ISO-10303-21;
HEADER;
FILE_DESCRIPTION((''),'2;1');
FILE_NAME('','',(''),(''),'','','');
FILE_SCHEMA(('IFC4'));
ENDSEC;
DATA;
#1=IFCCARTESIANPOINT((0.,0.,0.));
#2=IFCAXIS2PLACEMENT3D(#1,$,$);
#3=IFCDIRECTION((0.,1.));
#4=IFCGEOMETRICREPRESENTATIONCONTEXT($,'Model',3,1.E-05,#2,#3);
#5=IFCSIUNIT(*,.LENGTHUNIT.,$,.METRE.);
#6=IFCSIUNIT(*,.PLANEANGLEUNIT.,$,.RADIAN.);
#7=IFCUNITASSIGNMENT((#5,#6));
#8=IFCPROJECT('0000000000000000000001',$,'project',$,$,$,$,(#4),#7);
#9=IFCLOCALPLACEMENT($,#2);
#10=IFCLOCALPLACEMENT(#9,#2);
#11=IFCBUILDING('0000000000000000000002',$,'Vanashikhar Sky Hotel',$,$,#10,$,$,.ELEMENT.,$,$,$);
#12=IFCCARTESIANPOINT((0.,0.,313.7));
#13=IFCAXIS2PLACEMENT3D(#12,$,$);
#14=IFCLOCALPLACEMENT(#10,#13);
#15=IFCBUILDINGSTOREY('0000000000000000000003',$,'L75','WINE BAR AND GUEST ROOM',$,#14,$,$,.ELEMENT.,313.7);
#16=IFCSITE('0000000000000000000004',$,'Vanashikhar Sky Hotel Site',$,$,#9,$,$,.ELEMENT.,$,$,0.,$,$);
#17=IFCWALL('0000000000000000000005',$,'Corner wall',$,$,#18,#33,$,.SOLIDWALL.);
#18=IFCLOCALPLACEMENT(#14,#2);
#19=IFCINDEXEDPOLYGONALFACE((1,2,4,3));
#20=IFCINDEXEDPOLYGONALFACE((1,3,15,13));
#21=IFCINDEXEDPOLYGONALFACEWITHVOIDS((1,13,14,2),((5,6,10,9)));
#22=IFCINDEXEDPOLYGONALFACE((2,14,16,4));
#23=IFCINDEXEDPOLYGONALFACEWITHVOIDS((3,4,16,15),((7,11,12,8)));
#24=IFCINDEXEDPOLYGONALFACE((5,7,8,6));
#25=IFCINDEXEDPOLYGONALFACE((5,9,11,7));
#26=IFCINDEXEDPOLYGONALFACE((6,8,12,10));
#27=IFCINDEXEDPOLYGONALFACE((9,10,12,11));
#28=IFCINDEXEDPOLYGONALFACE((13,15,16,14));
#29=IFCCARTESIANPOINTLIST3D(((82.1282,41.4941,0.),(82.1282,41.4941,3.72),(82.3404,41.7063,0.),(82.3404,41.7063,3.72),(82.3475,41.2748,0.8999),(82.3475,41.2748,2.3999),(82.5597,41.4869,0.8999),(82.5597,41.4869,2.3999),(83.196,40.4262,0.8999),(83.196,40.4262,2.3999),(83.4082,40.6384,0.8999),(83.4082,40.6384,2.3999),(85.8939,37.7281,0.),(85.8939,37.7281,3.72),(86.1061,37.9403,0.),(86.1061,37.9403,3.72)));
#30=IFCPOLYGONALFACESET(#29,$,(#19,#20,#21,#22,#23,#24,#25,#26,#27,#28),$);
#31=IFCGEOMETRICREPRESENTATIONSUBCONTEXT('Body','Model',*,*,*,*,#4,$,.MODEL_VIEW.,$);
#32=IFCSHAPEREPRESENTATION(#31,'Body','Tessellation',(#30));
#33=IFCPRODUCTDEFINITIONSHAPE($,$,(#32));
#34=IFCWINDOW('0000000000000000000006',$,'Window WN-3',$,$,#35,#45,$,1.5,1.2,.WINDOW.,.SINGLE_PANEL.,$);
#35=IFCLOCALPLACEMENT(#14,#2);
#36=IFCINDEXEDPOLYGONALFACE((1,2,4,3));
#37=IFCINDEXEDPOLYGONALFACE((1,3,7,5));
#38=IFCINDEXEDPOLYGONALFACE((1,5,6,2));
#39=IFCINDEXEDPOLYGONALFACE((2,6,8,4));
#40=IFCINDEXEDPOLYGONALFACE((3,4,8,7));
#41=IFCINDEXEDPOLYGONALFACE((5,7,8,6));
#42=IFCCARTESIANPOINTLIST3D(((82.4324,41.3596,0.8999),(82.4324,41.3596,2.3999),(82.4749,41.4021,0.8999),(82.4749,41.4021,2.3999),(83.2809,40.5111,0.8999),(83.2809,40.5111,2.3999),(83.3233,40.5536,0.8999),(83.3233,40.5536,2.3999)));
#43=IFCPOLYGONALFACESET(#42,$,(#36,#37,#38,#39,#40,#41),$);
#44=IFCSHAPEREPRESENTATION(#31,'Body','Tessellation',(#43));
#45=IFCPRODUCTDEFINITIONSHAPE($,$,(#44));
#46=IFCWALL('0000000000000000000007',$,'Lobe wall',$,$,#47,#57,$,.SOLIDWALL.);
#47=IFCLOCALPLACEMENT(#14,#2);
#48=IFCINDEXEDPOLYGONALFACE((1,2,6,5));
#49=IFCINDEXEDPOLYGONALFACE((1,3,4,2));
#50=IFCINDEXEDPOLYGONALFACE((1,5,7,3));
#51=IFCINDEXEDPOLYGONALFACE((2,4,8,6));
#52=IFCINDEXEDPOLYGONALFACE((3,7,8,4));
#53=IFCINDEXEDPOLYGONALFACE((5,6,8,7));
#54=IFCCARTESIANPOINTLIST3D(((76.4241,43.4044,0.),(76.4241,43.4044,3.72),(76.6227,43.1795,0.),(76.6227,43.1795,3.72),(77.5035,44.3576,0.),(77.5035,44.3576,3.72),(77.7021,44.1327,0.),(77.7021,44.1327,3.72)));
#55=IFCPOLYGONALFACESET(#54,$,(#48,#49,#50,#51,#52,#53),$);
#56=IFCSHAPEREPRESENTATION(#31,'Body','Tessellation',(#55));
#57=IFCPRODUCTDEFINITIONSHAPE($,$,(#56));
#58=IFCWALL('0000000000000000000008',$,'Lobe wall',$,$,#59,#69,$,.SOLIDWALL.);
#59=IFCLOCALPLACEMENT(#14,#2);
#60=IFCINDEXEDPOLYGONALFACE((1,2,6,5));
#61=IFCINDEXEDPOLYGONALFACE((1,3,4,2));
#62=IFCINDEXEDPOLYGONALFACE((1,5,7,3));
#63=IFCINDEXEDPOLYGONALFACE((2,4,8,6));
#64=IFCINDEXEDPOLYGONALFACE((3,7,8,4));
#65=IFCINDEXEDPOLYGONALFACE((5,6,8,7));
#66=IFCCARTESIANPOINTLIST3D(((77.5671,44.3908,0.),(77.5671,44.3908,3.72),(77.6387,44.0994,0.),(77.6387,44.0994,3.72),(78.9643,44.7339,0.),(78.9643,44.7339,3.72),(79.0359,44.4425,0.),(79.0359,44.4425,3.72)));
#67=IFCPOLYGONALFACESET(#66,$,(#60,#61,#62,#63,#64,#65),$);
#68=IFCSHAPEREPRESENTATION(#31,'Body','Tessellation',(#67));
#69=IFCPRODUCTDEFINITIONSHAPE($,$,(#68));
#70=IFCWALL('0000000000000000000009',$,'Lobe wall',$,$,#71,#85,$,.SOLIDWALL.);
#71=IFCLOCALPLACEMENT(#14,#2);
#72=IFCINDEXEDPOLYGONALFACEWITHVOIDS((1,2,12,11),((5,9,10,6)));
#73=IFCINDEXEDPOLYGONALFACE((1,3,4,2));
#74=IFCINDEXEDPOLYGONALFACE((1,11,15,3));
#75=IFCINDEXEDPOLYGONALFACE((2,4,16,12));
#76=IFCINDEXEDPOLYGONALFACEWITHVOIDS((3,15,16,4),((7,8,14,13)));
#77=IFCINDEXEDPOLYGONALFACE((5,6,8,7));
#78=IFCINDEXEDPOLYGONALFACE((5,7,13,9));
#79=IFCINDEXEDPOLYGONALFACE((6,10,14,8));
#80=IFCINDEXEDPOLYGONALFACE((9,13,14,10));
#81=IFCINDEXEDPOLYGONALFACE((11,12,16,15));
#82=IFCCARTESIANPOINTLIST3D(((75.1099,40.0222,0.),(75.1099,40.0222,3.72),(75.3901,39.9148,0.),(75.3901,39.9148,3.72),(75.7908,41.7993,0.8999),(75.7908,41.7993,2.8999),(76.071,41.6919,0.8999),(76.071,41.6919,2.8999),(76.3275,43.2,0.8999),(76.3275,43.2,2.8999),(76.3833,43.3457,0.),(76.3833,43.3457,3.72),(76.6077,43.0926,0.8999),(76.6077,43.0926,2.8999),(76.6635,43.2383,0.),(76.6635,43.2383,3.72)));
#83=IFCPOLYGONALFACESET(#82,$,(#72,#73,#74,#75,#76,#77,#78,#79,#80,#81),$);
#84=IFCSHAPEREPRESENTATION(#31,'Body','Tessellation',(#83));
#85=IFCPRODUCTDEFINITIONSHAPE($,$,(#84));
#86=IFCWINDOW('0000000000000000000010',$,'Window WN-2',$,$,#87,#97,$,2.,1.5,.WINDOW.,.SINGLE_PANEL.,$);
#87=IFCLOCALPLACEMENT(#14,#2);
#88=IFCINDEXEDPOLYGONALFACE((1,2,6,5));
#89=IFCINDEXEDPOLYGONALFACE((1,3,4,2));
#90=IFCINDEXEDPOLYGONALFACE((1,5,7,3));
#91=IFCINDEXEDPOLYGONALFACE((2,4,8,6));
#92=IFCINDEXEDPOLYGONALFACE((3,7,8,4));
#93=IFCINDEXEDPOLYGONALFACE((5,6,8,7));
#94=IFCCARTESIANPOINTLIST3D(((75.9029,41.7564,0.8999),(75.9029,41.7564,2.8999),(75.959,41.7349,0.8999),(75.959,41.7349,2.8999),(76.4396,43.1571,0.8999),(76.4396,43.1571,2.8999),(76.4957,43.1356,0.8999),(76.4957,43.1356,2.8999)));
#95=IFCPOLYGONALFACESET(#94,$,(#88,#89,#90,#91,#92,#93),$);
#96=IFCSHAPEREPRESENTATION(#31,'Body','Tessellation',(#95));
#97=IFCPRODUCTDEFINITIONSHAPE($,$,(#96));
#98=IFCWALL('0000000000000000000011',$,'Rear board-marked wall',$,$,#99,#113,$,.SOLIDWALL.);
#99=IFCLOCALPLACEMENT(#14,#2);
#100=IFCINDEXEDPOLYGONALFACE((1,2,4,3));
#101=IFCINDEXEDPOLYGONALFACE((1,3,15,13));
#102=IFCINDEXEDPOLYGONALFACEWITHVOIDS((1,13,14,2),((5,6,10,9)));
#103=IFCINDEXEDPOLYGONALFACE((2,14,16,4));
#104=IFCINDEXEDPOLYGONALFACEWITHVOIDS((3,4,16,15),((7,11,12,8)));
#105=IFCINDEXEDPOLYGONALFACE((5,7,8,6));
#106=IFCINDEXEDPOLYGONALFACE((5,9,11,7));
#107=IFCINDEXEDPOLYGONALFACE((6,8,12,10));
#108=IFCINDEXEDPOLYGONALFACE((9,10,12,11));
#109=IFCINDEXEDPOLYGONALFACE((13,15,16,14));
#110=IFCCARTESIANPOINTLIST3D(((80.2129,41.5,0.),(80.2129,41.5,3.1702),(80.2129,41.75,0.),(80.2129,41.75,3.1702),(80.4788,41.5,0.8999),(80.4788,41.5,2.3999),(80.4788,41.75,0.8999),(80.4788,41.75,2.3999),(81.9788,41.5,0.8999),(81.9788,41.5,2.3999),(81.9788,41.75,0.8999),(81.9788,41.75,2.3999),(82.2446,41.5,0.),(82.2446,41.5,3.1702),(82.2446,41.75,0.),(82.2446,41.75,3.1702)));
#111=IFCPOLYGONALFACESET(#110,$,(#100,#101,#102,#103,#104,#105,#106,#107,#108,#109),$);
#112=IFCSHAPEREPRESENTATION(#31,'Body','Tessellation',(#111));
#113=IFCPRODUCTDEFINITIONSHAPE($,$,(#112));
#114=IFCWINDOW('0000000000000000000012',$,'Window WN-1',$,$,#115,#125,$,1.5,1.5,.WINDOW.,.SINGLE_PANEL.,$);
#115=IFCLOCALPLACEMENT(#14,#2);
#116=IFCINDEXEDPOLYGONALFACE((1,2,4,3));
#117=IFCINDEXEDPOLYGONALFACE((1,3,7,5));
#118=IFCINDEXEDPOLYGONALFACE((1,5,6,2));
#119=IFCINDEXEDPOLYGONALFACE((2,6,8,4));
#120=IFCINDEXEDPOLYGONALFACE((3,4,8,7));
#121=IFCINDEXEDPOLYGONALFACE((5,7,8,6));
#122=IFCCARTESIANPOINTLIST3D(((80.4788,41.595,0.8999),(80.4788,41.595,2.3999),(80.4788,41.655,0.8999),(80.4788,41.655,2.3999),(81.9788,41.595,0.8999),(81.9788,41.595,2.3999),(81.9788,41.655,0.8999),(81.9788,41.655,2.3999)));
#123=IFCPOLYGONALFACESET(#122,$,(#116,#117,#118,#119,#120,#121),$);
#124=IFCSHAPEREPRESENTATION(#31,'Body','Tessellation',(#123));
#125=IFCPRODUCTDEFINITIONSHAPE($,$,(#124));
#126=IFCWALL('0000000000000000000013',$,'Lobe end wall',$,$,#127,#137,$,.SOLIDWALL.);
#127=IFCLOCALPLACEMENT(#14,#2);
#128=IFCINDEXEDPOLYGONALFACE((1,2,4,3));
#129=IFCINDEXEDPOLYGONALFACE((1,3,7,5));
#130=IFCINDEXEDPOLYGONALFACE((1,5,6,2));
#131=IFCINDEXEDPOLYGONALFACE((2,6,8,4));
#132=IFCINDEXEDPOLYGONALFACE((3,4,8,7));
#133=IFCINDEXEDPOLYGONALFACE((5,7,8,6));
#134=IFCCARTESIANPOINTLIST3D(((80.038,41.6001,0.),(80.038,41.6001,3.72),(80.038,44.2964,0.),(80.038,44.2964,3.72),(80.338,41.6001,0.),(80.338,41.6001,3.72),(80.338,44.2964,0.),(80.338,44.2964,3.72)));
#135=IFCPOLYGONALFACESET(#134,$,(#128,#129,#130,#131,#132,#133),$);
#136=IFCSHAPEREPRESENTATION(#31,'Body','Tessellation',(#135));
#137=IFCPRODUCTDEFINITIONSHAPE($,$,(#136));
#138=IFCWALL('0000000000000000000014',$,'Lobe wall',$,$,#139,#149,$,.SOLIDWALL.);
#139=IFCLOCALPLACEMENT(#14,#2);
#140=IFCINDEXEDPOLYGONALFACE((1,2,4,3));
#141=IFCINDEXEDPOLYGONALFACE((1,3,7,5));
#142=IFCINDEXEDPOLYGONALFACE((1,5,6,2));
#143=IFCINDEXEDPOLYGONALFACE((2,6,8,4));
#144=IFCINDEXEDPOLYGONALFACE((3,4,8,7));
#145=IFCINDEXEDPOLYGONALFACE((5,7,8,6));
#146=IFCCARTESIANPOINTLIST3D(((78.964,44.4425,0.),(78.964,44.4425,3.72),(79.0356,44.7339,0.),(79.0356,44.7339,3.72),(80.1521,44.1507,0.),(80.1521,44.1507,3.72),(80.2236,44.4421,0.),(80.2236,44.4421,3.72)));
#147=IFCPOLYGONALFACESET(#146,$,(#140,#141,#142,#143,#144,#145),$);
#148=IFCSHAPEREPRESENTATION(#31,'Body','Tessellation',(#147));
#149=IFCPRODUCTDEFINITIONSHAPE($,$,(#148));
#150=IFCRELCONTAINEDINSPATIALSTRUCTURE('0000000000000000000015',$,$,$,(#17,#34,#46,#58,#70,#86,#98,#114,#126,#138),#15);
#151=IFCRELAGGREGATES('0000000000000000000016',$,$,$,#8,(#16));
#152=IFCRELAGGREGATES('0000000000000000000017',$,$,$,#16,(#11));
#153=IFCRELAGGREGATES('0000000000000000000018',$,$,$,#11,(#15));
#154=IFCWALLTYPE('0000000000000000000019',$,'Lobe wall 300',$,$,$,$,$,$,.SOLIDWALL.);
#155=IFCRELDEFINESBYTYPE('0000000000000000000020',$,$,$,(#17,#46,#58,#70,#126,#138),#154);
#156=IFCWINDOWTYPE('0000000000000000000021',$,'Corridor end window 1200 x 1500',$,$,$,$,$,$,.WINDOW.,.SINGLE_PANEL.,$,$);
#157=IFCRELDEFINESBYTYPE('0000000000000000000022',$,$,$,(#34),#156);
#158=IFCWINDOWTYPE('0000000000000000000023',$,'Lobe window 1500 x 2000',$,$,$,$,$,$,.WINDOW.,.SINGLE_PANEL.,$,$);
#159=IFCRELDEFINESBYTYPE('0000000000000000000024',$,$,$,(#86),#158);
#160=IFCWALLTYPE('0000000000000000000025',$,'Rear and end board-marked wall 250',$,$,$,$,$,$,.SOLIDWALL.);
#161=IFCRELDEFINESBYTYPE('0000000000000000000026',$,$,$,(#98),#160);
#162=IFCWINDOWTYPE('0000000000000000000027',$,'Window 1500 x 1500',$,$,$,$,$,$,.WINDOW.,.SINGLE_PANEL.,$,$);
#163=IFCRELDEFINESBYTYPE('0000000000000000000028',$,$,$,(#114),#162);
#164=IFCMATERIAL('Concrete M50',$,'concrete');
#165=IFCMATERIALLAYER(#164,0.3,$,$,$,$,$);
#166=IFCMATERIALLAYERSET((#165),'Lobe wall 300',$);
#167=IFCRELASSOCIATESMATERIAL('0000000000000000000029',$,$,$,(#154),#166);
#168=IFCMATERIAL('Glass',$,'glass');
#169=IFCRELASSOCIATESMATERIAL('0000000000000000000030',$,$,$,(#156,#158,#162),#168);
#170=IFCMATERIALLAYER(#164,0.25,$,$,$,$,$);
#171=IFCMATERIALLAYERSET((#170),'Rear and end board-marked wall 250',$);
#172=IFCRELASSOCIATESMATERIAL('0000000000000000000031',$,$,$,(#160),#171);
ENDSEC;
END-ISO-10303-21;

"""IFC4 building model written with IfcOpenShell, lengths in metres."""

from ifc_helpers import new_model, si_unit, direction, frame, frame_2d, origin, place, context, subcontext, project, spatial, rectangle, extrude, source, transform, mapped, material, layer, layer_set, type_object, element, fill, save


model = new_model("IFC4")

# Units and contexts
model_context = context("Model", 3, precision=1e-05, world=origin(), true_north=direction((0.0, 1.0)))
body_context = subcontext(model_context, "Body", "Model", "MODEL_VIEW")
ifc_project = project(units=[si_unit("LENGTHUNIT", "METRE"), si_unit("PLANEANGLEUNIT", "RADIAN")], contexts=[model_context])

# Site, building, storey
site_placement = place(None, origin())
site = spatial("IfcSite", under=ifc_project, at=site_placement, Name="Vanashikhar Sky Hotel Site", CompositionType="ELEMENT", RefElevation=0.0)
building_placement = place(site_placement, origin())
building = spatial("IfcBuilding", under=site, at=building_placement, Name="Vanashikhar Sky Hotel", CompositionType="ELEMENT")
storey_placement = place(building_placement, frame((0.0, 0.0, 313.7)))
storey = spatial("IfcBuildingStorey", under=building, at=storey_placement, Name="L75", Description="WINE BAR AND GUEST ROOM", CompositionType="ELEMENT", Elevation=313.7)

# Wall, opening, window
ifc_material_1 = material(Name="Concrete M50", Category="concrete")
ifc_layer_1 = layer(ifc_material_1, 0.3)
ifc_layer_set_1 = layer_set([ifc_layer_1], Name="Lobe wall 300")
wall_type_1 = type_object("IfcWallType", Name="Lobe wall 300", PredefinedType="SOLIDWALL", material=ifc_layer_set_1)
shared_shape_1 = source(origin(), body_context, "Body", "SweptSolid", [
    extrude(rectangle(XDim=5.3257, YDim=0.3, at=frame_2d((2.6628, 0.0))), origin(), (0.0, 0.0, 1.0), 3.72),
])
wall_1_placement = place(storey_placement, frame((86.0, 37.8342, 0.0), z_axis=(0.0, 0.0, 1.0), x_axis=(-0.707084, 0.70713, 0.0)))
wall_1 = element("IfcWall", 1, at=wall_1_placement, inside=storey, type_object=wall_type_1, Name="Corner wall", PredefinedType="SOLIDWALL", context=body_context, shape_type="MappedRepresentation", body=[
    mapped(shared_shape_1, transform((0.0, 0.0, 0.0), scale=1.0)),
])
shared_shape_2 = source(origin(), body_context, "Body", "SweptSolid", [
    extrude(rectangle(XDim=1.2, YDim=1.5, at=frame_2d((0.6001, 0.75))), frame((0.0, 0.1602, 0.0), z_axis=(0.0, -1.0, 0.0), x_axis=(1.0, 0.0, 0.0)), (0.0, 0.0, 1.0), 0.3201),
])
opening_1_placement = place(wall_1_placement, frame((3.8154, 0.0, 0.8999)))
opening_1 = element("IfcOpeningElement", 2, at=opening_1_placement, cuts=wall_1, PredefinedType="OPENING", context=body_context, shape_type="MappedRepresentation", body=[
    mapped(shared_shape_2, transform((0.0, 0.0, 0.0), scale=1.0)),
])
ifc_material_2 = material(Name="Glass", Category="glass")
window_type_1 = type_object("IfcWindowType", Name="Corridor end window 1200 x 1500", PartitioningType="SINGLE_PANEL", PredefinedType="WINDOW", material=ifc_material_2)
shared_shape_3 = source(origin(), body_context, "Body", "SweptSolid", [
    extrude(rectangle(XDim=1.2, YDim=1.5, at=frame_2d((0.6001, 0.75))), frame((0.0, 0.03, 0.0), z_axis=(0.0, -1.0, 0.0), x_axis=(1.0, 0.0, 0.0)), (0.0, 0.0, 1.0), 0.0601),
])
window_1_placement = place(opening_1_placement, origin())
window_1 = element("IfcWindow", 3, at=window_1_placement, inside=storey, type_object=window_type_1, Name="Window WN-3", OverallHeight=1.5, OverallWidth=1.2, PartitioningType="SINGLE_PANEL", PredefinedType="WINDOW", context=body_context, shape_type="MappedRepresentation", body=[
    mapped(shared_shape_3, transform((0.0, 0.0, 0.0), scale=1.0)),
])
fill(opening_1, window_1)

# Walls
shared_shape_4 = source(origin(), body_context, "Body", "SweptSolid", [
    extrude(rectangle(XDim=1.4399, YDim=0.3, at=frame_2d((0.72, 0.0))), origin(), (0.0, 0.0, 1.0), 3.72),
])
wall_2_placement = place(storey_placement, frame((77.6028, 44.2451, 0.0), z_axis=(0.0, 0.0, 1.0), x_axis=(-0.749576, -0.661919, 0.0)))
element("IfcWall", 4, at=wall_2_placement, inside=storey, type_object=wall_type_1, Name="Lobe wall", PredefinedType="SOLIDWALL", context=body_context, shape_type="MappedRepresentation", body=[
    mapped(shared_shape_4, transform((0.0, 0.0, 0.0), scale=1.0)),
])
shared_shape_5 = source(origin(), body_context, "Body", "SweptSolid", [
    extrude(rectangle(XDim=1.4387, YDim=0.3, at=frame_2d((0.7192, 0.0))), origin(), (0.0, 0.0, 1.0), 3.72),
])
wall_3_placement = place(storey_placement, frame((79.0, 44.5881, 0.0), z_axis=(0.0, 0.0, 1.0), x_axis=(-0.971162, -0.238421, 0.0)))
element("IfcWall", 5, at=wall_3_placement, inside=storey, type_object=wall_type_1, Name="Lobe wall", PredefinedType="SOLIDWALL", context=body_context, shape_type="MappedRepresentation", body=[
    mapped(shared_shape_5, transform((0.0, 0.0, 0.0), scale=1.0)),
])

# Walls, openings, windows
shared_shape_6 = source(origin(), body_context, "Body", "SweptSolid", [
    extrude(rectangle(XDim=3.5591, YDim=0.3, at=frame_2d((1.7795, 0.0))), origin(), (0.0, 0.0, 1.0), 3.72),
])
wall_4_placement = place(storey_placement, frame((76.5234, 43.292, 0.0), z_axis=(0.0, 0.0, 1.0), x_axis=(-0.357797, -0.933799, 0.0)))
wall_4 = element("IfcWall", 6, at=wall_4_placement, inside=storey, type_object=wall_type_1, Name="Lobe wall", PredefinedType="SOLIDWALL", context=body_context, shape_type="MappedRepresentation", body=[
    mapped(shared_shape_6, transform((0.0, 0.0, 0.0), scale=1.0)),
])
shared_shape_7 = source(origin(), body_context, "Body", "SweptSolid", [
    extrude(rectangle(XDim=1.5, YDim=2.0, at=frame_2d((0.75, 1.0))), frame((0.0, 0.1602, 0.0), z_axis=(0.0, -1.0, 0.0), x_axis=(1.0, 0.0, 0.0)), (0.0, 0.0, 1.0), 0.3201),
])
opening_2_placement = place(wall_4_placement, frame((0.156, 0.0, 0.8999)))
opening_2 = element("IfcOpeningElement", 7, at=opening_2_placement, cuts=wall_4, PredefinedType="OPENING", context=body_context, shape_type="MappedRepresentation", body=[
    mapped(shared_shape_7, transform((0.0, 0.0, 0.0), scale=1.0)),
])
window_type_2 = type_object("IfcWindowType", Name="Lobe window 1500 x 2000", PartitioningType="SINGLE_PANEL", PredefinedType="WINDOW", material=ifc_material_2)
shared_shape_8 = source(origin(), body_context, "Body", "SweptSolid", [
    extrude(rectangle(XDim=1.5, YDim=2.0, at=frame_2d((0.75, 1.0))), frame((0.0, 0.03, 0.0), z_axis=(0.0, -1.0, 0.0), x_axis=(1.0, 0.0, 0.0)), (0.0, 0.0, 1.0), 0.0601),
])
window_2_placement = place(opening_2_placement, origin())
window_2 = element("IfcWindow", 8, at=window_2_placement, inside=storey, type_object=window_type_2, Name="Window WN-2", OverallHeight=2.0, OverallWidth=1.5, PartitioningType="SINGLE_PANEL", PredefinedType="WINDOW", context=body_context, shape_type="MappedRepresentation", body=[
    mapped(shared_shape_8, transform((0.0, 0.0, 0.0), scale=1.0)),
])
fill(opening_2, window_2)
ifc_layer_2 = layer(ifc_material_1, 0.25)
ifc_layer_set_2 = layer_set([ifc_layer_2], Name="Rear and end board-marked wall 250")
wall_type_2 = type_object("IfcWallType", Name="Rear and end board-marked wall 250", PredefinedType="SOLIDWALL", material=ifc_layer_set_2)
shared_shape_9 = source(origin(), body_context, "Body", "SweptSolid", [
    extrude(rectangle(XDim=2.0317, YDim=0.25, at=frame_2d((1.0159, 0.0))), origin(), (0.0, 0.0, 1.0), 3.1702),
])
wall_5_placement = place(storey_placement, frame((82.2446, 41.625, 0.0), z_axis=(0.0, 0.0, 1.0), x_axis=(-1.0, 0.0, 0.0)))
wall_5 = element("IfcWall", 9, at=wall_5_placement, inside=storey, type_object=wall_type_2, Name="Rear board-marked wall", PredefinedType="SOLIDWALL", context=body_context, shape_type="MappedRepresentation", body=[
    mapped(shared_shape_9, transform((0.0, 0.0, 0.0), scale=1.0)),
])
shared_shape_10 = source(origin(), body_context, "Body", "SweptSolid", [
    extrude(rectangle(XDim=1.5, YDim=1.5, at=frame_2d((0.75, 0.75))), frame((0.0, 0.135, 0.0), z_axis=(0.0, -1.0, 0.0), x_axis=(1.0, 0.0, 0.0)), (0.0, 0.0, 1.0), 0.27),
])
opening_3_placement = place(wall_5_placement, frame((0.2659, 0.0, 0.8999)))
opening_3 = element("IfcOpeningElement", 10, at=opening_3_placement, cuts=wall_5, PredefinedType="OPENING", context=body_context, shape_type="MappedRepresentation", body=[
    mapped(shared_shape_10, transform((0.0, 0.0, 0.0), scale=1.0)),
])
window_type_3 = type_object("IfcWindowType", Name="Window 1500 x 1500", PartitioningType="SINGLE_PANEL", PredefinedType="WINDOW", material=ifc_material_2)
shared_shape_11 = source(origin(), body_context, "Body", "SweptSolid", [
    extrude(rectangle(XDim=1.5, YDim=1.5, at=frame_2d((0.75, 0.75))), frame((0.0, 0.03, 0.0), z_axis=(0.0, -1.0, 0.0), x_axis=(1.0, 0.0, 0.0)), (0.0, 0.0, 1.0), 0.0601),
])
window_3_placement = place(opening_3_placement, origin())
window_3 = element("IfcWindow", 11, at=window_3_placement, inside=storey, type_object=window_type_3, Name="Window WN-1", OverallHeight=1.5, OverallWidth=1.5, PartitioningType="SINGLE_PANEL", PredefinedType="WINDOW", context=body_context, shape_type="MappedRepresentation", body=[
    mapped(shared_shape_11, transform((0.0, 0.0, 0.0), scale=1.0)),
])
fill(opening_3, window_3)

# Walls
shared_shape_12 = source(origin(), body_context, "Body", "SweptSolid", [
    extrude(rectangle(XDim=2.6963, YDim=0.3, at=frame_2d((1.3481, 0.0))), origin(), (0.0, 0.0, 1.0), 3.72),
])
wall_6_placement = place(storey_placement, frame((80.188, 41.6001, 0.0), z_axis=(0.0, 0.0, 1.0), x_axis=(0.0, 1.0, 0.0)))
element("IfcWall", 12, at=wall_6_placement, inside=storey, type_object=wall_type_1, Name="Lobe end wall", PredefinedType="SOLIDWALL", context=body_context, shape_type="MappedRepresentation", body=[
    mapped(shared_shape_12, transform((0.0, 0.0, 0.0), scale=1.0)),
])
shared_shape_13 = source(origin(), body_context, "Body", "SweptSolid", [
    extrude(rectangle(XDim=1.2234, YDim=0.3, at=frame_2d((0.6118, 0.0))), origin(), (0.0, 0.0, 1.0), 3.72),
])
wall_7_placement = place(storey_placement, frame((80.188, 44.2964, 0.0), z_axis=(0.0, 0.0, 1.0), x_axis=(-0.971144, 0.238495, 0.0)))
element("IfcWall", 13, at=wall_7_placement, inside=storey, type_object=wall_type_1, Name="Lobe wall", PredefinedType="SOLIDWALL", context=body_context, shape_type="MappedRepresentation", body=[
    mapped(shared_shape_13, transform((0.0, 0.0, 0.0), scale=1.0)),
])

save(model, "model.ifc")
